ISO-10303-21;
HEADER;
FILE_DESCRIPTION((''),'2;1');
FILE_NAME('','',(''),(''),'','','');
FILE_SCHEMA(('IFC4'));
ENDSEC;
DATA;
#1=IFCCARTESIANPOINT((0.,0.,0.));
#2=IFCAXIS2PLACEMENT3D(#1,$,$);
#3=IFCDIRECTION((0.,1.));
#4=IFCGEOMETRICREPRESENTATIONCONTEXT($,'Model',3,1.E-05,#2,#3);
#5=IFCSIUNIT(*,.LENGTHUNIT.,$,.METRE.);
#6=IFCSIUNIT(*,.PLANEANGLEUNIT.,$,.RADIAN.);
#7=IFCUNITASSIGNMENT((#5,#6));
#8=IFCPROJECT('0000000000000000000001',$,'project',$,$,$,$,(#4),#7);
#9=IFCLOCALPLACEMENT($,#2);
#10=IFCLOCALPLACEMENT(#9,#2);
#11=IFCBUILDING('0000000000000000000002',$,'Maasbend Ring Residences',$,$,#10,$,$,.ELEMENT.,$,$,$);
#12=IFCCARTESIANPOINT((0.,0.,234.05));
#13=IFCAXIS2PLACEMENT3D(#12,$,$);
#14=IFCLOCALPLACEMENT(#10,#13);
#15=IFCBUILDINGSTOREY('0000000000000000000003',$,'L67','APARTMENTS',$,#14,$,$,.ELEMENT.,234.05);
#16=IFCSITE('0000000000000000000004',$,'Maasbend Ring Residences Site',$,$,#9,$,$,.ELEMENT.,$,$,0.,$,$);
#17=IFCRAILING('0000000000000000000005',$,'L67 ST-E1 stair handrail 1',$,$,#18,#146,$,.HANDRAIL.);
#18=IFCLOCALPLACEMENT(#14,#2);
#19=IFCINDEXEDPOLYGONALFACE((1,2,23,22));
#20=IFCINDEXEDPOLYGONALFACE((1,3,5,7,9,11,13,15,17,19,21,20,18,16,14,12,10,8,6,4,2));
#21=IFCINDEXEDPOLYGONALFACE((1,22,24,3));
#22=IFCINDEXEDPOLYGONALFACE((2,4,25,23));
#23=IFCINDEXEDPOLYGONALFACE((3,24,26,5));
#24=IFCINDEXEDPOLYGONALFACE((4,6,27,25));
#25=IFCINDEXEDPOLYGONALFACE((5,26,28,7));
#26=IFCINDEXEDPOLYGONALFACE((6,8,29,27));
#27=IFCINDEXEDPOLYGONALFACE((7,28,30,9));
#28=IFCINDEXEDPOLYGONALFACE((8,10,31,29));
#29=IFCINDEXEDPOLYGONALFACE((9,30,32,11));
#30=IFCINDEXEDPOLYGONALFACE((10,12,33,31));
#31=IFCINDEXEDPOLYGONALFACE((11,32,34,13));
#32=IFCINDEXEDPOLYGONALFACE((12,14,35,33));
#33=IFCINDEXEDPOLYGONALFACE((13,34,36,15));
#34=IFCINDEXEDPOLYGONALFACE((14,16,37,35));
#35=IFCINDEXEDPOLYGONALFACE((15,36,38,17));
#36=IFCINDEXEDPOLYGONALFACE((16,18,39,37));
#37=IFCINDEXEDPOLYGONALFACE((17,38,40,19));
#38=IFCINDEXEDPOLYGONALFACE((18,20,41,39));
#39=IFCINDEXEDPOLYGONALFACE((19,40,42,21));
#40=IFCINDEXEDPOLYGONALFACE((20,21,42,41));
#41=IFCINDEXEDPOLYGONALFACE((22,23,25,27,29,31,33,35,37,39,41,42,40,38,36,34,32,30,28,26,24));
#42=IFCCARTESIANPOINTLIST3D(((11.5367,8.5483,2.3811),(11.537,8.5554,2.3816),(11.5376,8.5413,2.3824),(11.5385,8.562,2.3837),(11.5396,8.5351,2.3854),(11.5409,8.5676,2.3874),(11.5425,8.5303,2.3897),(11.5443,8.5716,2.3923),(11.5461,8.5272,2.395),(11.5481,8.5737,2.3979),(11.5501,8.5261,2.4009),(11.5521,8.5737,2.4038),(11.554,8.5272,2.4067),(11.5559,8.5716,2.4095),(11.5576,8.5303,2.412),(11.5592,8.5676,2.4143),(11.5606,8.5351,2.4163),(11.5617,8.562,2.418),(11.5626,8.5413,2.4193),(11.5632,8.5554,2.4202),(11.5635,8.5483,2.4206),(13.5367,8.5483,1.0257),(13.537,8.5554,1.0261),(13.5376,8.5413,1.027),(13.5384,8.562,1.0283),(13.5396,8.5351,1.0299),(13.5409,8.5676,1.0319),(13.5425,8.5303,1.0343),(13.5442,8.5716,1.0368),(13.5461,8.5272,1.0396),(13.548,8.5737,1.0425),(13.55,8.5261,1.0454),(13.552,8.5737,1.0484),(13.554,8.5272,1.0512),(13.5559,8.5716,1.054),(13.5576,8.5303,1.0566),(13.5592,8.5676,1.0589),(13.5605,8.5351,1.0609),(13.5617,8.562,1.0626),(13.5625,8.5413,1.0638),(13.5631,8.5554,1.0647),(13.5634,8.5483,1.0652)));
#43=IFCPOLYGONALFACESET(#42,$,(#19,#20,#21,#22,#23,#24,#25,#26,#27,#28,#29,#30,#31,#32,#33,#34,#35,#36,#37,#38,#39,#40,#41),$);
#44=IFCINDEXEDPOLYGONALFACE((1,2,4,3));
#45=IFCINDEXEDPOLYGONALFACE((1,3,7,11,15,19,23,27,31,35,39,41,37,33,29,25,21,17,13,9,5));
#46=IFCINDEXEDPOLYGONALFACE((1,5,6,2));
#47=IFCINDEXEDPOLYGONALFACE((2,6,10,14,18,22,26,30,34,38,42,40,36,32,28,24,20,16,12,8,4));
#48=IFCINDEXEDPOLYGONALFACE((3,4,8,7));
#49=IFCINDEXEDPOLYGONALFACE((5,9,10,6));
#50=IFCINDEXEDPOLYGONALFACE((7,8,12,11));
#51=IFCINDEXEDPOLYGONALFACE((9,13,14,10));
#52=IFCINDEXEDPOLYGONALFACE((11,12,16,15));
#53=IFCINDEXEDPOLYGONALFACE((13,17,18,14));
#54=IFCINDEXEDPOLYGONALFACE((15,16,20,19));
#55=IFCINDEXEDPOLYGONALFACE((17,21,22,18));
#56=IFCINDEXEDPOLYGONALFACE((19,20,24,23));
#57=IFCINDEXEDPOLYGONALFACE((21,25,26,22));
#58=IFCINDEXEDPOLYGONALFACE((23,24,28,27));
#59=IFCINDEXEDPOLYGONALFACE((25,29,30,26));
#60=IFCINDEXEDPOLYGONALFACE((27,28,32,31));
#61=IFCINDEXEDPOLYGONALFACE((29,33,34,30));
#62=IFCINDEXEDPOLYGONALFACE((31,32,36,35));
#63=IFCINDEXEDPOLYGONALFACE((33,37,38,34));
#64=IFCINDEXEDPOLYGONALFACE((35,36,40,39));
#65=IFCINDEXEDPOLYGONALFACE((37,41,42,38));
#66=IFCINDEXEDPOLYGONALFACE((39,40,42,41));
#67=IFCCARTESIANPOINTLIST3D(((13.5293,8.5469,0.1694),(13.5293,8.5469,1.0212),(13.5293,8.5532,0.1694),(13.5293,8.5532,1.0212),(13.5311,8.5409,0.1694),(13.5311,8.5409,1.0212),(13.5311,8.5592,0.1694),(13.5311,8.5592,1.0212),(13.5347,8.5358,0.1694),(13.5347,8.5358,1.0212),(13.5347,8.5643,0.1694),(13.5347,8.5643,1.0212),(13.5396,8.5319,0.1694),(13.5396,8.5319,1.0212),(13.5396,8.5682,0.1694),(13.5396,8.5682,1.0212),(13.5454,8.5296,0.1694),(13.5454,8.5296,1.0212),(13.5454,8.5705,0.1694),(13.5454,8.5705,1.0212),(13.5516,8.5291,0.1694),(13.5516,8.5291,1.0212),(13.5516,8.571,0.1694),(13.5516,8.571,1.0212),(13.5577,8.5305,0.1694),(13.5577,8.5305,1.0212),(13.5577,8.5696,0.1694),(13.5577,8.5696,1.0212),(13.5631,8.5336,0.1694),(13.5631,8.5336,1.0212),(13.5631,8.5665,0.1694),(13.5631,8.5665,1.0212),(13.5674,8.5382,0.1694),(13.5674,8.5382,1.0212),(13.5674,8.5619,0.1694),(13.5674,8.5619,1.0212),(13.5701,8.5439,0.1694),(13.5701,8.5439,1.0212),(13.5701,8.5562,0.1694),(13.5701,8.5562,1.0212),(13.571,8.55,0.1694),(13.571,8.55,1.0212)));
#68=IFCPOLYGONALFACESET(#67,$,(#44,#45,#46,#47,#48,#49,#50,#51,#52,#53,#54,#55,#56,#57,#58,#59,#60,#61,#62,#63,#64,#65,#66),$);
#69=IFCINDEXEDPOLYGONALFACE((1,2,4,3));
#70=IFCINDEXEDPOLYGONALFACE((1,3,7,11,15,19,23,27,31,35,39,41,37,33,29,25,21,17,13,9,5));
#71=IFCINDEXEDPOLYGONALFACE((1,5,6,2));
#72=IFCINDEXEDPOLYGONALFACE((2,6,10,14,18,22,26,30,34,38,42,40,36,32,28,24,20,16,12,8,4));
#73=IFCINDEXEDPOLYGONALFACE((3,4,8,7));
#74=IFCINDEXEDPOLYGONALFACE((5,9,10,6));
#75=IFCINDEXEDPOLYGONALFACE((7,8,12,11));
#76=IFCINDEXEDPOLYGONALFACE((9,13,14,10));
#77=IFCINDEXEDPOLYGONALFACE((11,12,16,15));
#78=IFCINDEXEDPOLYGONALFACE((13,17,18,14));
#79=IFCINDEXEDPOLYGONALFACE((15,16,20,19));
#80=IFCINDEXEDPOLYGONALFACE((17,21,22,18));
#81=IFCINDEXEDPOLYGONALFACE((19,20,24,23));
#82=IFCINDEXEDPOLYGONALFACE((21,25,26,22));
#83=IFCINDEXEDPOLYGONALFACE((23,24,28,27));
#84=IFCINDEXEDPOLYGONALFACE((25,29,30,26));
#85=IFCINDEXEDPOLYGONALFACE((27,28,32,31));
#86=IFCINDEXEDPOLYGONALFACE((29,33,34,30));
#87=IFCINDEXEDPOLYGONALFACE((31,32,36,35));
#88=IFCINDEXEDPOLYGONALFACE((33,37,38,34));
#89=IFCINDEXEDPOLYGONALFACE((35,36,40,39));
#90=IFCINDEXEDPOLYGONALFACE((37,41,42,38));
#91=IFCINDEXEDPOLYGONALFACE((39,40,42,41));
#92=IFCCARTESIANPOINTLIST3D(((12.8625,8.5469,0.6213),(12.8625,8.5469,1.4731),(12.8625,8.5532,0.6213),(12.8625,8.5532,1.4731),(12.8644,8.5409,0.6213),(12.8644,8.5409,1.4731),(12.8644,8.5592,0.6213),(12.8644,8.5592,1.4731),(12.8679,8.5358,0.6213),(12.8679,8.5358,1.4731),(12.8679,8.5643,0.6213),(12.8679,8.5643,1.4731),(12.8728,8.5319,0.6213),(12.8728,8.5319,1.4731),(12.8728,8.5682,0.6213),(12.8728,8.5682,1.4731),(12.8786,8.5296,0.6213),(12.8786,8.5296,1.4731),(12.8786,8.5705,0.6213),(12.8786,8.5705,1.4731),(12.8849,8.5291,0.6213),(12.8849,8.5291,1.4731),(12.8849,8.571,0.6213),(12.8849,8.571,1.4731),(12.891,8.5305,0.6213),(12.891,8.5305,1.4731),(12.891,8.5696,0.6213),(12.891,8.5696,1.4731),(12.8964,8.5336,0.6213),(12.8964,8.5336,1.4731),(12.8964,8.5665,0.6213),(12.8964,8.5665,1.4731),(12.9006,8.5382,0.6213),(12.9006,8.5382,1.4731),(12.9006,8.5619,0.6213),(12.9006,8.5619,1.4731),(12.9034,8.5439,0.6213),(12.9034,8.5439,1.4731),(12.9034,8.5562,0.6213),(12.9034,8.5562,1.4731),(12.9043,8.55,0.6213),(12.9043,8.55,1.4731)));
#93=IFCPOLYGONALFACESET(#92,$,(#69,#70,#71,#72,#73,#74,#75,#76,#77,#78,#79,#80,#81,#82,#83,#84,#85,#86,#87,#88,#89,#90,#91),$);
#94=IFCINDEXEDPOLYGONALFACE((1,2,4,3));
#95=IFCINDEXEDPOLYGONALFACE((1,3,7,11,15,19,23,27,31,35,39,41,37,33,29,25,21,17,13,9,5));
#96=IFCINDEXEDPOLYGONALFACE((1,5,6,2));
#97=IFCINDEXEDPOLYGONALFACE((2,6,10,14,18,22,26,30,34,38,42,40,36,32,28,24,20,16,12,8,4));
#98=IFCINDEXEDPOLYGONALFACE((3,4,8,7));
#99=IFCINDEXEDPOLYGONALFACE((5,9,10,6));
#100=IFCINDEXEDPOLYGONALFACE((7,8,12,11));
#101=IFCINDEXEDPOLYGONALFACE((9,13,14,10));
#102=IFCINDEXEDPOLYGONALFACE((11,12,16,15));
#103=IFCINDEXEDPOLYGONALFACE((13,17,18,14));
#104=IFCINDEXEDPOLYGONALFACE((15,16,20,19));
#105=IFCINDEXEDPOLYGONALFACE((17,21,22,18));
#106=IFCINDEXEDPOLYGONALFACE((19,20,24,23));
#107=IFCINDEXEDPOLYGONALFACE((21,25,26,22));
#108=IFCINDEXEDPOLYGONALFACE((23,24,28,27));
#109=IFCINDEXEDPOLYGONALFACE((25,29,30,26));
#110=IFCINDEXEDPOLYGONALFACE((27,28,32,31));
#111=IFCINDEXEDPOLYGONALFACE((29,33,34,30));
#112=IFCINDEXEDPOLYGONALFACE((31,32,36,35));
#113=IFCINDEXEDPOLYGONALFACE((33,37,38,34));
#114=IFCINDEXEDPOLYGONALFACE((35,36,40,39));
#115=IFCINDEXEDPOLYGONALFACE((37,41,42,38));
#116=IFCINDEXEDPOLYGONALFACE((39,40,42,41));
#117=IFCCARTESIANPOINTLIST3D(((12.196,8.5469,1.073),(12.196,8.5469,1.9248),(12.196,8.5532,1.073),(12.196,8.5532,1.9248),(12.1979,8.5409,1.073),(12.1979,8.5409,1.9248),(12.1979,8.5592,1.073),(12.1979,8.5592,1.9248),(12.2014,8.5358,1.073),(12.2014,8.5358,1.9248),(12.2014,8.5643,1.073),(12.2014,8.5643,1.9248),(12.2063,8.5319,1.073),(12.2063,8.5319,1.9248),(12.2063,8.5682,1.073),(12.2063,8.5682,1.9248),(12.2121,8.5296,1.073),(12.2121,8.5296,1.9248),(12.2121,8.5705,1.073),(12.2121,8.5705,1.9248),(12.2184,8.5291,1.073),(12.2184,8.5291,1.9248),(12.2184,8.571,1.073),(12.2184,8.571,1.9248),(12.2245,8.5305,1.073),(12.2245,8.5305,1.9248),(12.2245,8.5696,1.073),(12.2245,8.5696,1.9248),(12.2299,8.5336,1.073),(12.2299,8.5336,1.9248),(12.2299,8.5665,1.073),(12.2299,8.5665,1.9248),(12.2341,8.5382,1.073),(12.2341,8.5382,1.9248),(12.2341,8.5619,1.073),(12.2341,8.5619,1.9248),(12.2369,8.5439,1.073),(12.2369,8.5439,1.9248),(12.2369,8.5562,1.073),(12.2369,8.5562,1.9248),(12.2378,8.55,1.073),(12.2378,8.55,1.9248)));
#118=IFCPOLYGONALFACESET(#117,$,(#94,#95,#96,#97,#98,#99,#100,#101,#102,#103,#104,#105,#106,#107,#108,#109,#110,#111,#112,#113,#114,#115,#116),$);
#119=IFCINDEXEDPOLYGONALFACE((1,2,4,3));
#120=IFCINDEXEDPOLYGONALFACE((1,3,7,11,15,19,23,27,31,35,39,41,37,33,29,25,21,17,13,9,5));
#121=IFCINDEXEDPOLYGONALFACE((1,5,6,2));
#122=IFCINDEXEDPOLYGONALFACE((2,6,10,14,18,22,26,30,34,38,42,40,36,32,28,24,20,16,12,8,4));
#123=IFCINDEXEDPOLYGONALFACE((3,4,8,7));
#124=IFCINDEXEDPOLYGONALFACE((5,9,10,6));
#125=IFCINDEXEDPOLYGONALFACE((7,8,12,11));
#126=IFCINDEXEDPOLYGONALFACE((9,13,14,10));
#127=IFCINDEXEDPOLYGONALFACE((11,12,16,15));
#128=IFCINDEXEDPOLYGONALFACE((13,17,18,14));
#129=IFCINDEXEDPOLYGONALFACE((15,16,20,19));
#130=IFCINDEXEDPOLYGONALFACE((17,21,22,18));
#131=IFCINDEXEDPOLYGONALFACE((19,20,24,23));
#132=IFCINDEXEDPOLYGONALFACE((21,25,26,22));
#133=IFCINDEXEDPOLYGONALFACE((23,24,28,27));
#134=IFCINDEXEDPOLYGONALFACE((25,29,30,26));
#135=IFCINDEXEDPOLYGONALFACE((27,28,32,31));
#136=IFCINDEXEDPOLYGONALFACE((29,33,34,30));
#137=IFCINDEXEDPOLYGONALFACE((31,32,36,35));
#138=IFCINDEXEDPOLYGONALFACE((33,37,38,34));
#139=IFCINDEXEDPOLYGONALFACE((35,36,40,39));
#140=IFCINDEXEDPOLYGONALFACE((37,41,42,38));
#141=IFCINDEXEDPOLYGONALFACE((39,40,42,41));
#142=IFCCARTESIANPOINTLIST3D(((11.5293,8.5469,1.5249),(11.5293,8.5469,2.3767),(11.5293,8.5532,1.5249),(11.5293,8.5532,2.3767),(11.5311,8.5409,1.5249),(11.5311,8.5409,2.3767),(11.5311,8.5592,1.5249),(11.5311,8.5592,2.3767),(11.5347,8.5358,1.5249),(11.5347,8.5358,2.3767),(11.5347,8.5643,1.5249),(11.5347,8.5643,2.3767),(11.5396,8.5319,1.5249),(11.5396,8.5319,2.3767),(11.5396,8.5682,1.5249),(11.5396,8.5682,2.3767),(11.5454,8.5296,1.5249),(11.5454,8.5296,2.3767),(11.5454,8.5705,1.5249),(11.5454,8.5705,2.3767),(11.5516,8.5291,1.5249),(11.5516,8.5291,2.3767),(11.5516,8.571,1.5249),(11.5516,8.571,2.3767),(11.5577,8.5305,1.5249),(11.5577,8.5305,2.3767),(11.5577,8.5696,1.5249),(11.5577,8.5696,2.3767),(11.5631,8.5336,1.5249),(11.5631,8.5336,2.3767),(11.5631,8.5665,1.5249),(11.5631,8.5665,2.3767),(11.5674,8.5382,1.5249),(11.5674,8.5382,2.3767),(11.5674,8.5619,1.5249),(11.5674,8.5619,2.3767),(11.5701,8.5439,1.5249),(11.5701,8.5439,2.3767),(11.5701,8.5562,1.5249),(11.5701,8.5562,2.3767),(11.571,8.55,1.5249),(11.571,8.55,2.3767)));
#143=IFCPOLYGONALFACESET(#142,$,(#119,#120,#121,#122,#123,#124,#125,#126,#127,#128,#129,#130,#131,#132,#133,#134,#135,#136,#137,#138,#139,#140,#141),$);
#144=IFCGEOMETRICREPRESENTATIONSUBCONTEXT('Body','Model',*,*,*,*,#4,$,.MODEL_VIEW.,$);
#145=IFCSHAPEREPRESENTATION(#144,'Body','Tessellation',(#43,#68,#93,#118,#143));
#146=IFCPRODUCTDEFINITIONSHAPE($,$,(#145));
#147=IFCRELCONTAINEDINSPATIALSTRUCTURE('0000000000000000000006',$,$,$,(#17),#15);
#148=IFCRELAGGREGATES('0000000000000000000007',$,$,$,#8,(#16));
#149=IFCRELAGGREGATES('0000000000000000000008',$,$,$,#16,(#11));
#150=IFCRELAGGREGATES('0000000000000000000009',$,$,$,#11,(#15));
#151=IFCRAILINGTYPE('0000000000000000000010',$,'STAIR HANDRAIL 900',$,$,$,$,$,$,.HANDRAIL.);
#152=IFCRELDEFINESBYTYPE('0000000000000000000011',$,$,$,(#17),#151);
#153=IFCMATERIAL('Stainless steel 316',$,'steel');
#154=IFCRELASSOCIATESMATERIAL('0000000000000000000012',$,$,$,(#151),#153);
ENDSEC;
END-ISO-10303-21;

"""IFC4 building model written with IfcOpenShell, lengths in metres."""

from ifc_helpers import new_model, si_unit, direction, frame, origin, origin_2d, place, context, subcontext, project, spatial, circle, extrude, material, type_object, element, save


model = new_model("IFC4")

# Units and contexts
model_context = context("Model", 3, precision=1e-05, world=origin(), true_north=direction((0.0, 1.0)))
body_context = subcontext(model_context, "Body", "Model", "MODEL_VIEW")
ifc_project = project(units=[si_unit("LENGTHUNIT", "METRE"), si_unit("PLANEANGLEUNIT", "RADIAN")], contexts=[model_context])

# Site, building, storey
site_placement = place(None, origin())
site = spatial("IfcSite", under=ifc_project, at=site_placement, Name="Maasbend Ring Residences Site", CompositionType="ELEMENT", RefElevation=0.0)
building_placement = place(site_placement, origin())
building = spatial("IfcBuilding", under=site, at=building_placement, Name="Maasbend Ring Residences", CompositionType="ELEMENT")
storey_placement = place(building_placement, frame((0.0, 0.0, 234.05)))
storey = spatial("IfcBuildingStorey", under=building, at=storey_placement, Name="L67", Description="APARTMENTS", CompositionType="ELEMENT", Elevation=234.05)

# Railing
ifc_material_1 = material(Name="Stainless steel 316", Category="steel")
railing_type_1 = type_object("IfcRailingType", Name="STAIR HANDRAIL 900", PredefinedType="HANDRAIL", material=ifc_material_1)
railing_1_placement = place(storey_placement, frame((13.55, 8.55, 0.1694)))
element("IfcRailing", 1, at=railing_1_placement, inside=storey, type_object=railing_type_1, Name="L67 ST-E1 stair handrail 1", PredefinedType="HANDRAIL", context=body_context, shape_type="SweptSolid", body=[
    extrude(circle(Radius=0.0239, at=origin_2d()), frame((0.0, 0.0, 0.876), z_axis=(-0.827798, 0.0, 0.561027), x_axis=(0.0, -1.0, 0.0)), (0.0, 0.0, 1.0), 2.416),
    extrude(circle(Radius=0.021, at=origin_2d()), origin(), (0.0, 0.0, 1.0), 0.8518),
    extrude(circle(Radius=0.021, at=origin_2d()), frame((-0.6667, 0.0, 0.4519)), (0.0, 0.0, 1.0), 0.8518),
    extrude(circle(Radius=0.021, at=origin_2d()), frame((-1.3333, 0.0, 0.9036)), (0.0, 0.0, 1.0), 0.8518),
    extrude(circle(Radius=0.021, at=origin_2d()), frame((-2.0, 0.0, 1.3555)), (0.0, 0.0, 1.0), 0.8518),
])

save(model, "model.ifc")
